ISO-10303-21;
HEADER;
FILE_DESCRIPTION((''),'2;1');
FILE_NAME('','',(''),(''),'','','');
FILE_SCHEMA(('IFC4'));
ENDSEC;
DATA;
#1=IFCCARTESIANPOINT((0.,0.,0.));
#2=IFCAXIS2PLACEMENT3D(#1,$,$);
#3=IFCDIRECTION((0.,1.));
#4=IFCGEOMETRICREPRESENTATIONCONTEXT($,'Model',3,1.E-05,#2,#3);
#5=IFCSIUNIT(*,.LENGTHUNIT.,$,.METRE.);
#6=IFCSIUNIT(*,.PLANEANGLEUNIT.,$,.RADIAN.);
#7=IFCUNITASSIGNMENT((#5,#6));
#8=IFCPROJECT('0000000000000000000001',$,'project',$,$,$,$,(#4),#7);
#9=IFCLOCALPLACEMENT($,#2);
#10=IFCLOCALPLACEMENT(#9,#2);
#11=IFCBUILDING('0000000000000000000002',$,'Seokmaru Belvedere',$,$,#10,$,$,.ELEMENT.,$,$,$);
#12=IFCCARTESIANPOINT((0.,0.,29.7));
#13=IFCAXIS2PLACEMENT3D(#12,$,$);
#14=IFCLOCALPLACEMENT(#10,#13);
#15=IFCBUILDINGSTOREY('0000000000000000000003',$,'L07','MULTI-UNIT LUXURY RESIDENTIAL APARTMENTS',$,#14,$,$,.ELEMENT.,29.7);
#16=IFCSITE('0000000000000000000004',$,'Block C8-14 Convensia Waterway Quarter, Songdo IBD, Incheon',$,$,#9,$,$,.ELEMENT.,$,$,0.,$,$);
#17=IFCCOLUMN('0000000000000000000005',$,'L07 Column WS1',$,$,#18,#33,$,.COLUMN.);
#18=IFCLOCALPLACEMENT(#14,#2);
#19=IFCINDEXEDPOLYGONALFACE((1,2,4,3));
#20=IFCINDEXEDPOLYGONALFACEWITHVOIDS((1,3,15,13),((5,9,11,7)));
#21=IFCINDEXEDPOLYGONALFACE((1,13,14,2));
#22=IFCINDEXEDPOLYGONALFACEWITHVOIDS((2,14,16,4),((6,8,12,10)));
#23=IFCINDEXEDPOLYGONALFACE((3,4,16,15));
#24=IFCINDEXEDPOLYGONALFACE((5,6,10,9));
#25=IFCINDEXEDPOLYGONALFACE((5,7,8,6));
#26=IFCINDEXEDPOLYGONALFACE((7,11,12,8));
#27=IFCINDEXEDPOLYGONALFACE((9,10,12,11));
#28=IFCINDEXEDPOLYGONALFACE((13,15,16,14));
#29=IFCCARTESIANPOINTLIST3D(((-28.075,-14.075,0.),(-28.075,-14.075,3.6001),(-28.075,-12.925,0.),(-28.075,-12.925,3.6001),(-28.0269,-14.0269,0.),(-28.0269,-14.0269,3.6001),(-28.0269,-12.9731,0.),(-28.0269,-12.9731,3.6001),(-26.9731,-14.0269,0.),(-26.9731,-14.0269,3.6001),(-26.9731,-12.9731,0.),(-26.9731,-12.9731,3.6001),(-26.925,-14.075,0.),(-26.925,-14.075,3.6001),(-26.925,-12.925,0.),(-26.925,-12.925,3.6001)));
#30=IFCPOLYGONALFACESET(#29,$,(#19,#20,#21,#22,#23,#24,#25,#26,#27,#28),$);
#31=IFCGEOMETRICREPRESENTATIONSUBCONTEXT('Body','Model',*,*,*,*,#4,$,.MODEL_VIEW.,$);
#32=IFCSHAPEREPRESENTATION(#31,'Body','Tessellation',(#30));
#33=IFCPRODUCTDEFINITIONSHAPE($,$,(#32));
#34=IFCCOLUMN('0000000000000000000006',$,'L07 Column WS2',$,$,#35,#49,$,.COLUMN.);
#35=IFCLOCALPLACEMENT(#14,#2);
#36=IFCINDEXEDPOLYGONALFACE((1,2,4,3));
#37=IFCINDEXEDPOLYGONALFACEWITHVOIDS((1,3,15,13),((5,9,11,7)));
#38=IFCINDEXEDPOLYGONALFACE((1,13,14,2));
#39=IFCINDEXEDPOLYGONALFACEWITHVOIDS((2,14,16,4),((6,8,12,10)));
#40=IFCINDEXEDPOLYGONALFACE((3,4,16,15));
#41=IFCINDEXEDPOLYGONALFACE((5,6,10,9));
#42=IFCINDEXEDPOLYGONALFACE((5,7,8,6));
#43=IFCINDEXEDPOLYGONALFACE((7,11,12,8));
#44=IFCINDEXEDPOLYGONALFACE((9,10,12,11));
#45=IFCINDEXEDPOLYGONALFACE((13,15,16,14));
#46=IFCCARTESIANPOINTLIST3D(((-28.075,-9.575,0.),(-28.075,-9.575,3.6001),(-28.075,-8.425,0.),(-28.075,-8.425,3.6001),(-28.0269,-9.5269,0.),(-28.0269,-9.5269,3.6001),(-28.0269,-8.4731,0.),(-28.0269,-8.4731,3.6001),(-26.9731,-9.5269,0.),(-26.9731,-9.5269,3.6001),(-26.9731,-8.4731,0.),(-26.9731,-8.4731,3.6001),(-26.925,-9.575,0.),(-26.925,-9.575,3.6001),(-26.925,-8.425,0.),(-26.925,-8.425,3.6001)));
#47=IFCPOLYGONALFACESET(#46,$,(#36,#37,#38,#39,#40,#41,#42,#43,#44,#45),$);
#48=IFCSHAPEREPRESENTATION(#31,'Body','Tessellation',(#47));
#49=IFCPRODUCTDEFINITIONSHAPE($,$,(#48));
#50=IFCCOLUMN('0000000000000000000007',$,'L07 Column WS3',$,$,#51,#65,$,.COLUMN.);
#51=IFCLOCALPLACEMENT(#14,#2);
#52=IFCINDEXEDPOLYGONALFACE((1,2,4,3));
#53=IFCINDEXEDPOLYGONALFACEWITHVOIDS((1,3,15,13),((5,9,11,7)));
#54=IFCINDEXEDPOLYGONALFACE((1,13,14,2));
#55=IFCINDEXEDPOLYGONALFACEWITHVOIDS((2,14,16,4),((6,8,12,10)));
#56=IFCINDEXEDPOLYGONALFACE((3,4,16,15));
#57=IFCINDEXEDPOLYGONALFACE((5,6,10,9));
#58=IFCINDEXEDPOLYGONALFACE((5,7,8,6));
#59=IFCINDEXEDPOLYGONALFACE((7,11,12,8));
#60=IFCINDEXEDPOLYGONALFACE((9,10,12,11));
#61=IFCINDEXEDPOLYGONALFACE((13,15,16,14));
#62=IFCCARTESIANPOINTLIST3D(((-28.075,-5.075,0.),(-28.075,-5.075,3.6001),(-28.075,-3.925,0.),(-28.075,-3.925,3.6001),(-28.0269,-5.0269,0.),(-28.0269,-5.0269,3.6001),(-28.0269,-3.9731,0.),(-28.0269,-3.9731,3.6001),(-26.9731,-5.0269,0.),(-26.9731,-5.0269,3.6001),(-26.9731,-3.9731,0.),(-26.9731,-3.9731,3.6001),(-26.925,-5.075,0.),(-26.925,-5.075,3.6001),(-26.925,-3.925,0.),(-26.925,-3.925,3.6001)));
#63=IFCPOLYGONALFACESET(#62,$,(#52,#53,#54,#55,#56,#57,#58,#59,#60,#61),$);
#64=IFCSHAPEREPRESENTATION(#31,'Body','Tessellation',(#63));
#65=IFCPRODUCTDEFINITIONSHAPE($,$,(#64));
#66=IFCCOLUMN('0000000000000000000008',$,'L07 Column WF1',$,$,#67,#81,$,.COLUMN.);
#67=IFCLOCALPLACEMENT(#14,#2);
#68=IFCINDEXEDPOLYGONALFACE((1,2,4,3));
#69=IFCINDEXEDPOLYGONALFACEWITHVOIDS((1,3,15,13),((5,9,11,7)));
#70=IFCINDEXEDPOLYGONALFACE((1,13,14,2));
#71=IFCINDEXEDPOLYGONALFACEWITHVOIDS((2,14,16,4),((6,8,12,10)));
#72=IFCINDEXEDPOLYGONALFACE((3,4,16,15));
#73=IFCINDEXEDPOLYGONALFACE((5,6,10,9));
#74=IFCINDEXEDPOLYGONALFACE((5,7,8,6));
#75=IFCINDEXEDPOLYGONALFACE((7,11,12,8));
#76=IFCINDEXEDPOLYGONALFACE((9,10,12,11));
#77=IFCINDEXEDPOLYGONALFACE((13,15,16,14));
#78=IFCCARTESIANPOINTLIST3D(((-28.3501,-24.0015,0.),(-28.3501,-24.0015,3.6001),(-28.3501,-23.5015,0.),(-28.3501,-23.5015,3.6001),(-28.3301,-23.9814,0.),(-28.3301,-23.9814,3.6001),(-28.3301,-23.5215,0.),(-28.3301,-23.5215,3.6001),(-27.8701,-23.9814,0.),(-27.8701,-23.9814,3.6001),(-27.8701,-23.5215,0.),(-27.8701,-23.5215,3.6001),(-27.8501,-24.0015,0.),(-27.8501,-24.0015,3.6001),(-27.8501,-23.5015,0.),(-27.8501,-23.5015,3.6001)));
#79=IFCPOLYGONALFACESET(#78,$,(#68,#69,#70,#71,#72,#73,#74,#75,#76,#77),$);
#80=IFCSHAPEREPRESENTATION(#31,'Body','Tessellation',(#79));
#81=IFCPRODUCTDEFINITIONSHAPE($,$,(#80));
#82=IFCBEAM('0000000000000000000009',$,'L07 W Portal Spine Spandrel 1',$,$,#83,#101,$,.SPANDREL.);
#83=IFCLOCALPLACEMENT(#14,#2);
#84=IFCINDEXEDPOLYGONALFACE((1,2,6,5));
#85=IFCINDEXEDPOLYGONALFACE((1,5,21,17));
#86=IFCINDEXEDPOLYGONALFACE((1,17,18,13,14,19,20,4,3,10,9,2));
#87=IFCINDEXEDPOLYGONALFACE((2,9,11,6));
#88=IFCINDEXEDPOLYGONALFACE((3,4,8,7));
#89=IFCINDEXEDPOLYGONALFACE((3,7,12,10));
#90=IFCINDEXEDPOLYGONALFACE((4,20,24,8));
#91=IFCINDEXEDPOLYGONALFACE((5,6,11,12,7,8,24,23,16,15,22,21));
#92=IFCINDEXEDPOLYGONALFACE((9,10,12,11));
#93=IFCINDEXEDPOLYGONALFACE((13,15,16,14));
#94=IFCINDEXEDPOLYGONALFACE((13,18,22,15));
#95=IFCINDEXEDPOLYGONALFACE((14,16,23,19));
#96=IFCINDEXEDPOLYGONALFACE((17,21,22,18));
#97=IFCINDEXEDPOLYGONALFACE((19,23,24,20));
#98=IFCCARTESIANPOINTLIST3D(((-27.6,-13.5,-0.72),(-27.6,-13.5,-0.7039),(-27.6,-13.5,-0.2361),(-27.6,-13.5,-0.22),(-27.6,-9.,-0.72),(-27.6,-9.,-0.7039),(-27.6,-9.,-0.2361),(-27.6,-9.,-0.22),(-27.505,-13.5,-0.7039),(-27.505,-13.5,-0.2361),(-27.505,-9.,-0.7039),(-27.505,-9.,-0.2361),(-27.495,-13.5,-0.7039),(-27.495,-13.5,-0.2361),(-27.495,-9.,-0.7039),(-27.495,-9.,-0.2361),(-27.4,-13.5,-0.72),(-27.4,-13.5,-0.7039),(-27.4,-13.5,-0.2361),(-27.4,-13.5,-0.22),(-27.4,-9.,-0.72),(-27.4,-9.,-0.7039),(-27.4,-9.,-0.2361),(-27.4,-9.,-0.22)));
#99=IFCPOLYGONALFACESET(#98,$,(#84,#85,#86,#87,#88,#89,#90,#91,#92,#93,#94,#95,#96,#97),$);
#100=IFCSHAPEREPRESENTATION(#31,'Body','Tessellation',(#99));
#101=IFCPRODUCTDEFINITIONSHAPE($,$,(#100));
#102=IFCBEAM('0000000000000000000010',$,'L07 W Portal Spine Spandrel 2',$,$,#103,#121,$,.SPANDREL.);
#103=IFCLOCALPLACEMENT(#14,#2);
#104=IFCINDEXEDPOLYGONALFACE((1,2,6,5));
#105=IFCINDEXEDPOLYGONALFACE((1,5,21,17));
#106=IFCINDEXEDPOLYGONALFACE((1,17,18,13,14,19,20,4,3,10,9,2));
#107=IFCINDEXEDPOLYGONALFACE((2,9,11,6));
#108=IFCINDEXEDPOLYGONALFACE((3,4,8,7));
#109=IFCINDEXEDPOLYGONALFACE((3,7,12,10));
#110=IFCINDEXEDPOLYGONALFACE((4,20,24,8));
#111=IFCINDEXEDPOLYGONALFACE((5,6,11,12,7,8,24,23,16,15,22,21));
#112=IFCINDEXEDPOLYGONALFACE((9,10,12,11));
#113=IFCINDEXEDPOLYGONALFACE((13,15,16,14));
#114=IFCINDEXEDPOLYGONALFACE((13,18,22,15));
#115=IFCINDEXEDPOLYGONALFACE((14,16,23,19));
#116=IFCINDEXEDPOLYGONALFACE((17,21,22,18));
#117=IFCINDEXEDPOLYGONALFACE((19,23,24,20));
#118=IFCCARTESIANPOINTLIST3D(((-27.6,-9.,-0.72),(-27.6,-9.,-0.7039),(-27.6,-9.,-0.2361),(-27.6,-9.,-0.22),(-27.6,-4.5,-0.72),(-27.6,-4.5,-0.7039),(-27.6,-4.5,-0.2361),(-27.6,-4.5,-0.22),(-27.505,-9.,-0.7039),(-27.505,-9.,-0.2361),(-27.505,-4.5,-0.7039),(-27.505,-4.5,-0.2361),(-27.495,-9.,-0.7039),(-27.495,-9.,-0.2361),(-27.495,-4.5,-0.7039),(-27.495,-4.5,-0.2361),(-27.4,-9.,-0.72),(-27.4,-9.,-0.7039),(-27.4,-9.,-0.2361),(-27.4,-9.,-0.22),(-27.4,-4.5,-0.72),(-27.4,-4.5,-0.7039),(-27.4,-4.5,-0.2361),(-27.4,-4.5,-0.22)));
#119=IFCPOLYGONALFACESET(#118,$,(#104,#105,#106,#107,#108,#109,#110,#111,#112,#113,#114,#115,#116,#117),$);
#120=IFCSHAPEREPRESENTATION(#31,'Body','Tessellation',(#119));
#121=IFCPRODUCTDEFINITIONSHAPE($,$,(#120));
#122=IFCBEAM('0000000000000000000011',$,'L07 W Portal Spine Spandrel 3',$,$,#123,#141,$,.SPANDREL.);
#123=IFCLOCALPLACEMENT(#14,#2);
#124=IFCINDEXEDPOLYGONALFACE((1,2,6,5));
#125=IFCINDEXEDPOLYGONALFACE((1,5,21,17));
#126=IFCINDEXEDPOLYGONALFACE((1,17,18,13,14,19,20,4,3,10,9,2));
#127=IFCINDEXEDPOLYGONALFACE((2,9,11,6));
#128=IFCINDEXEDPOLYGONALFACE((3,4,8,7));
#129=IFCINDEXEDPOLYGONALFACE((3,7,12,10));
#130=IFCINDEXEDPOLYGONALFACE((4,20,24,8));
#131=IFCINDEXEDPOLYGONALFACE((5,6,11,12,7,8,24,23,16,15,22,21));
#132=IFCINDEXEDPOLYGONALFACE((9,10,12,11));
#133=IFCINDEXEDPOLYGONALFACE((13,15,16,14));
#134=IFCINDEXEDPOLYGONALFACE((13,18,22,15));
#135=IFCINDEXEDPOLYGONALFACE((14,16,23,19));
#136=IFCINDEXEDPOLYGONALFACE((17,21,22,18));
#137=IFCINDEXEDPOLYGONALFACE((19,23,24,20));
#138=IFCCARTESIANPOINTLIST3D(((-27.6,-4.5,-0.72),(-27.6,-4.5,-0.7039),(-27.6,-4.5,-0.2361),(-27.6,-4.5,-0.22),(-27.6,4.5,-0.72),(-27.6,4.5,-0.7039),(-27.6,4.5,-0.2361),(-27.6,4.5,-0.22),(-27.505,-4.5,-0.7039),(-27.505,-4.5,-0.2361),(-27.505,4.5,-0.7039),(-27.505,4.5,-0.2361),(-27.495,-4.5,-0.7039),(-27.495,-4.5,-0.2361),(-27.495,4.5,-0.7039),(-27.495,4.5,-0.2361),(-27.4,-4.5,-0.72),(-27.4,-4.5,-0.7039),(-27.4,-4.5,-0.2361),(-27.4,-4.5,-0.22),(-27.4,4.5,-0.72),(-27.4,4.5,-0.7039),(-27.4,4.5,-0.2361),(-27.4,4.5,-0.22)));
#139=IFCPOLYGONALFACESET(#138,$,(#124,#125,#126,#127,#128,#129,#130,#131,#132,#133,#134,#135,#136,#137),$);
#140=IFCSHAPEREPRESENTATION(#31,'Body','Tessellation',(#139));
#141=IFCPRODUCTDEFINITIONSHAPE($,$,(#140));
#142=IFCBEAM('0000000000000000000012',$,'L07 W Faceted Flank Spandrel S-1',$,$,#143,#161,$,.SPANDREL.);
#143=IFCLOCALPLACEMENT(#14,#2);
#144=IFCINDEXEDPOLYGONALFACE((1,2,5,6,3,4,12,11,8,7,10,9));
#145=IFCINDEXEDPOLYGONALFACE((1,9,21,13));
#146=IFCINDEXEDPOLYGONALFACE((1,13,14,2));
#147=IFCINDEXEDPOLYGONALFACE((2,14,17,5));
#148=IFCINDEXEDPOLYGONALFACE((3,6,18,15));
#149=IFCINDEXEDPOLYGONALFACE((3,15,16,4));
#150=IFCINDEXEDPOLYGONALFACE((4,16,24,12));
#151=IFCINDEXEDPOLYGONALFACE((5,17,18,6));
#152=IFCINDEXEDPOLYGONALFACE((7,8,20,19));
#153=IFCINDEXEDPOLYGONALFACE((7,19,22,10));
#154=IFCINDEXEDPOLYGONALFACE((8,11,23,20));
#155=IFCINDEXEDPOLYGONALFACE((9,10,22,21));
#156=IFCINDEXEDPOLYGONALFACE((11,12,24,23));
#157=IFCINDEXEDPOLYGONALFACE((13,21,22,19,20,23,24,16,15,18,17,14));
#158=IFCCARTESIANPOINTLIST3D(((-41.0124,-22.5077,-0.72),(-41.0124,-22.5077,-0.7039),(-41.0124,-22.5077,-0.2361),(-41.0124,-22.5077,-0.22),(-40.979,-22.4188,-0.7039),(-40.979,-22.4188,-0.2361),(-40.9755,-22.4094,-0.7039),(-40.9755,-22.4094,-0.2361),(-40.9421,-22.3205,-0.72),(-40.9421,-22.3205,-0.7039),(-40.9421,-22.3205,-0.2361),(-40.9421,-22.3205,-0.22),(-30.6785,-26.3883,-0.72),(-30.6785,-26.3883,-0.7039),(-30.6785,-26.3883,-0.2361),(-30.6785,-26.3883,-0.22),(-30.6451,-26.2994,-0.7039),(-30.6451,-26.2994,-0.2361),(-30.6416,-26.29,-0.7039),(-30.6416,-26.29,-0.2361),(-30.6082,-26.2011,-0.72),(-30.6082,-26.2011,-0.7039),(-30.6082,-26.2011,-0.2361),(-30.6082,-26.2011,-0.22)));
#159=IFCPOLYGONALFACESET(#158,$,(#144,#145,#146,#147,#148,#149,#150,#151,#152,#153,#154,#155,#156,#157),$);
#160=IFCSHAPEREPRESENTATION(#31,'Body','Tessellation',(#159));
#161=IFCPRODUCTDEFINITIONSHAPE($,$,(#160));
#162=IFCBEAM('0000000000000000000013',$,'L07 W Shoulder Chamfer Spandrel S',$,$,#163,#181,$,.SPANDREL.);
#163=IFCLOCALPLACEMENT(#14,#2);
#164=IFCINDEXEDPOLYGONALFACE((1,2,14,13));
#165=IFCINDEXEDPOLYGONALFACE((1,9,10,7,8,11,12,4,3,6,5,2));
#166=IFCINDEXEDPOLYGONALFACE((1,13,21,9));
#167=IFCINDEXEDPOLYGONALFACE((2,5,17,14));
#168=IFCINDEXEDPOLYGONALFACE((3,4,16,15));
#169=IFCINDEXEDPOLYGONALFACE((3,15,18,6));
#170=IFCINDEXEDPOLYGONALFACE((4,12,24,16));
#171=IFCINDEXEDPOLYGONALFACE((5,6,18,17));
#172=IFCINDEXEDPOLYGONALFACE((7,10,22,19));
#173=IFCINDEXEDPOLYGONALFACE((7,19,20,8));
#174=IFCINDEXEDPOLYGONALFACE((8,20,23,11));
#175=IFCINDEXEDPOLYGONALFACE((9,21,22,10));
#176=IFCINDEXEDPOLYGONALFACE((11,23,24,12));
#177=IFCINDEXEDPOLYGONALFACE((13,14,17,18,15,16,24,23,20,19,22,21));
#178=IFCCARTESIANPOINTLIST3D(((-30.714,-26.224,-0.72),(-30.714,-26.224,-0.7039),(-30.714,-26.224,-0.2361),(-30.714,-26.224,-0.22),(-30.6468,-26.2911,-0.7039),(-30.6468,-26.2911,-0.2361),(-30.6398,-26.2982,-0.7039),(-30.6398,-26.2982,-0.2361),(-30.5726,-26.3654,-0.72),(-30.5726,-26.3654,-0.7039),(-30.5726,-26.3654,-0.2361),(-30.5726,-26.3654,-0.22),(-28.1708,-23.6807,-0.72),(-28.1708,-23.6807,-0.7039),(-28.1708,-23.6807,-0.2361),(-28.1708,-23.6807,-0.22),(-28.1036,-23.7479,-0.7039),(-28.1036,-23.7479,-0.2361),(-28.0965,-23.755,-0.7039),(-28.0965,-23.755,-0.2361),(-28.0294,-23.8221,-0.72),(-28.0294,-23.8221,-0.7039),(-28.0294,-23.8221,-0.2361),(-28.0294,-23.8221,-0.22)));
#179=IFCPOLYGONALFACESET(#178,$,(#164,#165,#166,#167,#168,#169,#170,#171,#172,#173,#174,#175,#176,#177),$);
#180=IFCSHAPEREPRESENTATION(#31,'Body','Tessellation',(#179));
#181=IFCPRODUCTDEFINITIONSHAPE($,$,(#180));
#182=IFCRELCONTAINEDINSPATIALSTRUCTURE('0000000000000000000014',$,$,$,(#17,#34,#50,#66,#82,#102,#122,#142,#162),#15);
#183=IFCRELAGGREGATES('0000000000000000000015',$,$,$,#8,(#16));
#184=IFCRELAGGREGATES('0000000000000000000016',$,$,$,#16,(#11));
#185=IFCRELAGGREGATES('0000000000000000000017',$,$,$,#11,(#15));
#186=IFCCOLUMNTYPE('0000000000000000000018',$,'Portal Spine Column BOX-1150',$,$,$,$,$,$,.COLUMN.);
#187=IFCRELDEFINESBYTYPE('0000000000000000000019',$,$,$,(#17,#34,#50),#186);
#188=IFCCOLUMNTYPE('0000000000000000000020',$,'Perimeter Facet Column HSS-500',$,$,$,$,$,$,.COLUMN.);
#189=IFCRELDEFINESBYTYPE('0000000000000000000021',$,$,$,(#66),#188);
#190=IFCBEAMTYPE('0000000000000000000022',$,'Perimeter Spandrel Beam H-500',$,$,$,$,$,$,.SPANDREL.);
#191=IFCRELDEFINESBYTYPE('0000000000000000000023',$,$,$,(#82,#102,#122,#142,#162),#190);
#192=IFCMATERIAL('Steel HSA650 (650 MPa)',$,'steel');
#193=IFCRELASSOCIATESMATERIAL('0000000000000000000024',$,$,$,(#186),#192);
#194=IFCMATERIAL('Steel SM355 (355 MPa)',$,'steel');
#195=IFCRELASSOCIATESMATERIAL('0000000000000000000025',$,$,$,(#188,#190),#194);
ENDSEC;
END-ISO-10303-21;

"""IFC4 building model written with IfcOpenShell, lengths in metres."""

from ifc_helpers import new_model, si_unit, direction, frame, origin, origin_2d, place, context, subcontext, project, spatial, hollow_rectangle, i_section, extrude, source, transform, mapped, material, material_profile, profile_set, type_object, type_shapes, element, save


model = new_model("IFC4")

# Units and contexts
model_context = context("Model", 3, precision=1e-05, world=origin(), true_north=direction((0.0, 1.0)))
body_context = subcontext(model_context, "Body", "Model", "MODEL_VIEW")
ifc_project = project(units=[si_unit("LENGTHUNIT", "METRE"), si_unit("PLANEANGLEUNIT", "RADIAN")], contexts=[model_context])

# Site, building, storey
site_placement = place(None, origin())
site = spatial("IfcSite", under=ifc_project, at=site_placement, Name="Block C8-14 Convensia Waterway Quarter, Songdo IBD, Incheon", CompositionType="ELEMENT", RefElevation=0.0)
building_placement = place(site_placement, origin())
building = spatial("IfcBuilding", under=site, at=building_placement, Name="Seokmaru Belvedere", CompositionType="ELEMENT")
storey_placement = place(building_placement, frame((0.0, 0.0, 29.7)))
storey = spatial("IfcBuildingStorey", under=building, at=storey_placement, Name="L07", Description="MULTI-UNIT LUXURY RESIDENTIAL APARTMENTS", CompositionType="ELEMENT", Elevation=29.7)

# Columns
ifc_material_1 = material(Name="Steel HSA650 (650 MPa)", Category="steel")
ifc_material_profile_1 = material_profile(ifc_material_1, hollow_rectangle(XDim=1.1499, YDim=1.1499, WallThickness=0.0481, at=origin_2d()), Name="BOX-1150x1150x48")
ifc_profile_set_1 = profile_set([ifc_material_profile_1], Name="Steel HSA650 (650 MPa)")
column_type_1 = type_object("IfcColumnType", Name="Portal Spine Column BOX-1150", PredefinedType="COLUMN", material=ifc_profile_set_1)
shared_shape_1 = source(origin(), body_context, "Body", "SweptSolid", [
    extrude(hollow_rectangle(XDim=1.1499, YDim=1.1499, WallThickness=0.0481, at=origin_2d()), origin(), (0.0, 0.0, 1.0), 3.6001),
])
type_shapes(column_type_1, [shared_shape_1])
for number, where, z_axis, x_axis, name in (
    (1, (-27.5, -13.5, 0.0), (0.0, 0.0, 1.0), (1.0, 0.0, 0.0), "L07 Column WS1"),
    (2, (-27.5, -9.0, 0.0), (0.0, 0.0, 1.0), (1.0, 0.0, 0.0), "L07 Column WS2"),
    (3, (-27.5, -4.5, 0.0), (0.0, 0.0, 1.0), (1.0, 0.0, 0.0), "L07 Column WS3"),
):
    element("IfcColumn", number, at=place(storey_placement, frame(where, z_axis=z_axis, x_axis=x_axis)), inside=storey, type_object=column_type_1, Name=name, PredefinedType="COLUMN", context=body_context, shape_type="MappedRepresentation", body=[
        mapped(shared_shape_1, transform((0.0, 0.0, 0.0), scale=1.0)),
    ])
ifc_material_2 = material(Name="Steel SM355 (355 MPa)", Category="steel")
ifc_material_profile_2 = material_profile(ifc_material_2, hollow_rectangle(XDim=0.5, YDim=0.5, WallThickness=0.02, at=origin_2d()), Name="HSS-500x500x20")
ifc_profile_set_2 = profile_set([ifc_material_profile_2], Name="Steel SM355 (355 MPa)")
column_type_2 = type_object("IfcColumnType", Name="Perimeter Facet Column HSS-500", PredefinedType="COLUMN", material=ifc_profile_set_2)
shared_shape_2 = source(origin(), body_context, "Body", "SweptSolid", [
    extrude(hollow_rectangle(XDim=0.5, YDim=0.5, WallThickness=0.02, at=origin_2d()), origin(), (0.0, 0.0, 1.0), 3.6001),
])
type_shapes(column_type_2, [shared_shape_2])
column_placement = place(storey_placement, frame((-28.1001, -23.7515, 0.0), z_axis=(0.0, 0.0, 1.0), x_axis=(1.0, 0.0, 0.0)))
element("IfcColumn", 4, at=column_placement, inside=storey, type_object=column_type_2, Name="L07 Column WF1", PredefinedType="COLUMN", context=body_context, shape_type="MappedRepresentation", body=[
    mapped(shared_shape_2, transform((0.0, 0.0, 0.0), scale=1.0)),
])

# Beams
ifc_material_profile_3 = material_profile(ifc_material_2, i_section(OverallWidth=0.2, OverallDepth=0.5, WebThickness=0.01, FlangeThickness=0.0161, at=origin_2d()), Name="H-500x200x10x16")
ifc_profile_set_3 = profile_set([ifc_material_profile_3], Name="Steel SM355 (355 MPa)")
beam_type = type_object("IfcBeamType", Name="Perimeter Spandrel Beam H-500", PredefinedType="SPANDREL", material=ifc_profile_set_3)
shared_shape_3 = source(origin(), body_context, "Body", "SweptSolid", [
    extrude(i_section(OverallWidth=0.2, OverallDepth=0.5, WebThickness=0.01, FlangeThickness=0.0161, at=origin_2d()), origin(), (0.0, 0.0, 1.0), 4.5),
])
for number, where, z_axis, x_axis, name in (
    (5, (-27.5, -13.5, -0.47), (0.0, 1.0, 0.0), (-1.0, 0.0, 0.0), "L07 W Portal Spine Spandrel 1"),
    (6, (-27.5, -9.0, -0.47), (0.0, 1.0, 0.0), (-1.0, 0.0, 0.0), "L07 W Portal Spine Spandrel 2"),
):
    element("IfcBeam", number, at=place(storey_placement, frame(where, z_axis=z_axis, x_axis=x_axis)), inside=storey, type_object=beam_type, Name=name, PredefinedType="SPANDREL", context=body_context, shape_type="MappedRepresentation", body=[
        mapped(shared_shape_3, transform((0.0, 0.0, 0.0), scale=1.0)),
    ])
shared_shape_4 = source(origin(), body_context, "Body", "SweptSolid", [
    extrude(i_section(OverallWidth=0.2, OverallDepth=0.5, WebThickness=0.01, FlangeThickness=0.0161, at=origin_2d()), origin(), (0.0, 0.0, 1.0), 9.0),
])
beam_1_placement = place(storey_placement, frame((-27.5, -4.5, -0.47), z_axis=(0.0, 1.0, 0.0), x_axis=(-1.0, 0.0, 0.0)))
element("IfcBeam", 7, at=beam_1_placement, inside=storey, type_object=beam_type, Name="L07 W Portal Spine Spandrel 3", PredefinedType="SPANDREL", context=body_context, shape_type="MappedRepresentation", body=[
    mapped(shared_shape_4, transform((0.0, 0.0, 0.0), scale=1.0)),
])
shared_shape_5 = source(origin(), body_context, "Body", "SweptSolid", [
    extrude(i_section(OverallWidth=0.2, OverallDepth=0.5, WebThickness=0.01, FlangeThickness=0.0161, at=origin_2d()), origin(), (0.0, 0.0, 1.0), 11.0386),
])
beam_2_placement = place(storey_placement, frame((-30.6433, -26.2947, -0.47), z_axis=(-0.936169, 0.35155, 0.0), x_axis=(-0.35155, -0.936169, 0.0)))
element("IfcBeam", 8, at=beam_2_placement, inside=storey, type_object=beam_type, Name="L07 W Faceted Flank Spandrel S-1", PredefinedType="SPANDREL", context=body_context, shape_type="MappedRepresentation", body=[
    mapped(shared_shape_5, transform((0.0, 0.0, 0.0), scale=1.0)),
])
shared_shape_6 = source(origin(), body_context, "Body", "SweptSolid", [
    extrude(i_section(OverallWidth=0.2, OverallDepth=0.5, WebThickness=0.01, FlangeThickness=0.0161, at=origin_2d()), origin(), (0.0, 0.0, 1.0), 3.5967),
])
beam_3_placement = place(storey_placement, frame((-30.6433, -26.2947, -0.47), z_axis=(0.707107, 0.707107, 0.0), x_axis=(-0.707107, 0.707107, 0.0)))
element("IfcBeam", 9, at=beam_3_placement, inside=storey, type_object=beam_type, Name="L07 W Shoulder Chamfer Spandrel S", PredefinedType="SPANDREL", context=body_context, shape_type="MappedRepresentation", body=[
    mapped(shared_shape_6, transform((0.0, 0.0, 0.0), scale=1.0)),
])

save(model, "model.ifc")
